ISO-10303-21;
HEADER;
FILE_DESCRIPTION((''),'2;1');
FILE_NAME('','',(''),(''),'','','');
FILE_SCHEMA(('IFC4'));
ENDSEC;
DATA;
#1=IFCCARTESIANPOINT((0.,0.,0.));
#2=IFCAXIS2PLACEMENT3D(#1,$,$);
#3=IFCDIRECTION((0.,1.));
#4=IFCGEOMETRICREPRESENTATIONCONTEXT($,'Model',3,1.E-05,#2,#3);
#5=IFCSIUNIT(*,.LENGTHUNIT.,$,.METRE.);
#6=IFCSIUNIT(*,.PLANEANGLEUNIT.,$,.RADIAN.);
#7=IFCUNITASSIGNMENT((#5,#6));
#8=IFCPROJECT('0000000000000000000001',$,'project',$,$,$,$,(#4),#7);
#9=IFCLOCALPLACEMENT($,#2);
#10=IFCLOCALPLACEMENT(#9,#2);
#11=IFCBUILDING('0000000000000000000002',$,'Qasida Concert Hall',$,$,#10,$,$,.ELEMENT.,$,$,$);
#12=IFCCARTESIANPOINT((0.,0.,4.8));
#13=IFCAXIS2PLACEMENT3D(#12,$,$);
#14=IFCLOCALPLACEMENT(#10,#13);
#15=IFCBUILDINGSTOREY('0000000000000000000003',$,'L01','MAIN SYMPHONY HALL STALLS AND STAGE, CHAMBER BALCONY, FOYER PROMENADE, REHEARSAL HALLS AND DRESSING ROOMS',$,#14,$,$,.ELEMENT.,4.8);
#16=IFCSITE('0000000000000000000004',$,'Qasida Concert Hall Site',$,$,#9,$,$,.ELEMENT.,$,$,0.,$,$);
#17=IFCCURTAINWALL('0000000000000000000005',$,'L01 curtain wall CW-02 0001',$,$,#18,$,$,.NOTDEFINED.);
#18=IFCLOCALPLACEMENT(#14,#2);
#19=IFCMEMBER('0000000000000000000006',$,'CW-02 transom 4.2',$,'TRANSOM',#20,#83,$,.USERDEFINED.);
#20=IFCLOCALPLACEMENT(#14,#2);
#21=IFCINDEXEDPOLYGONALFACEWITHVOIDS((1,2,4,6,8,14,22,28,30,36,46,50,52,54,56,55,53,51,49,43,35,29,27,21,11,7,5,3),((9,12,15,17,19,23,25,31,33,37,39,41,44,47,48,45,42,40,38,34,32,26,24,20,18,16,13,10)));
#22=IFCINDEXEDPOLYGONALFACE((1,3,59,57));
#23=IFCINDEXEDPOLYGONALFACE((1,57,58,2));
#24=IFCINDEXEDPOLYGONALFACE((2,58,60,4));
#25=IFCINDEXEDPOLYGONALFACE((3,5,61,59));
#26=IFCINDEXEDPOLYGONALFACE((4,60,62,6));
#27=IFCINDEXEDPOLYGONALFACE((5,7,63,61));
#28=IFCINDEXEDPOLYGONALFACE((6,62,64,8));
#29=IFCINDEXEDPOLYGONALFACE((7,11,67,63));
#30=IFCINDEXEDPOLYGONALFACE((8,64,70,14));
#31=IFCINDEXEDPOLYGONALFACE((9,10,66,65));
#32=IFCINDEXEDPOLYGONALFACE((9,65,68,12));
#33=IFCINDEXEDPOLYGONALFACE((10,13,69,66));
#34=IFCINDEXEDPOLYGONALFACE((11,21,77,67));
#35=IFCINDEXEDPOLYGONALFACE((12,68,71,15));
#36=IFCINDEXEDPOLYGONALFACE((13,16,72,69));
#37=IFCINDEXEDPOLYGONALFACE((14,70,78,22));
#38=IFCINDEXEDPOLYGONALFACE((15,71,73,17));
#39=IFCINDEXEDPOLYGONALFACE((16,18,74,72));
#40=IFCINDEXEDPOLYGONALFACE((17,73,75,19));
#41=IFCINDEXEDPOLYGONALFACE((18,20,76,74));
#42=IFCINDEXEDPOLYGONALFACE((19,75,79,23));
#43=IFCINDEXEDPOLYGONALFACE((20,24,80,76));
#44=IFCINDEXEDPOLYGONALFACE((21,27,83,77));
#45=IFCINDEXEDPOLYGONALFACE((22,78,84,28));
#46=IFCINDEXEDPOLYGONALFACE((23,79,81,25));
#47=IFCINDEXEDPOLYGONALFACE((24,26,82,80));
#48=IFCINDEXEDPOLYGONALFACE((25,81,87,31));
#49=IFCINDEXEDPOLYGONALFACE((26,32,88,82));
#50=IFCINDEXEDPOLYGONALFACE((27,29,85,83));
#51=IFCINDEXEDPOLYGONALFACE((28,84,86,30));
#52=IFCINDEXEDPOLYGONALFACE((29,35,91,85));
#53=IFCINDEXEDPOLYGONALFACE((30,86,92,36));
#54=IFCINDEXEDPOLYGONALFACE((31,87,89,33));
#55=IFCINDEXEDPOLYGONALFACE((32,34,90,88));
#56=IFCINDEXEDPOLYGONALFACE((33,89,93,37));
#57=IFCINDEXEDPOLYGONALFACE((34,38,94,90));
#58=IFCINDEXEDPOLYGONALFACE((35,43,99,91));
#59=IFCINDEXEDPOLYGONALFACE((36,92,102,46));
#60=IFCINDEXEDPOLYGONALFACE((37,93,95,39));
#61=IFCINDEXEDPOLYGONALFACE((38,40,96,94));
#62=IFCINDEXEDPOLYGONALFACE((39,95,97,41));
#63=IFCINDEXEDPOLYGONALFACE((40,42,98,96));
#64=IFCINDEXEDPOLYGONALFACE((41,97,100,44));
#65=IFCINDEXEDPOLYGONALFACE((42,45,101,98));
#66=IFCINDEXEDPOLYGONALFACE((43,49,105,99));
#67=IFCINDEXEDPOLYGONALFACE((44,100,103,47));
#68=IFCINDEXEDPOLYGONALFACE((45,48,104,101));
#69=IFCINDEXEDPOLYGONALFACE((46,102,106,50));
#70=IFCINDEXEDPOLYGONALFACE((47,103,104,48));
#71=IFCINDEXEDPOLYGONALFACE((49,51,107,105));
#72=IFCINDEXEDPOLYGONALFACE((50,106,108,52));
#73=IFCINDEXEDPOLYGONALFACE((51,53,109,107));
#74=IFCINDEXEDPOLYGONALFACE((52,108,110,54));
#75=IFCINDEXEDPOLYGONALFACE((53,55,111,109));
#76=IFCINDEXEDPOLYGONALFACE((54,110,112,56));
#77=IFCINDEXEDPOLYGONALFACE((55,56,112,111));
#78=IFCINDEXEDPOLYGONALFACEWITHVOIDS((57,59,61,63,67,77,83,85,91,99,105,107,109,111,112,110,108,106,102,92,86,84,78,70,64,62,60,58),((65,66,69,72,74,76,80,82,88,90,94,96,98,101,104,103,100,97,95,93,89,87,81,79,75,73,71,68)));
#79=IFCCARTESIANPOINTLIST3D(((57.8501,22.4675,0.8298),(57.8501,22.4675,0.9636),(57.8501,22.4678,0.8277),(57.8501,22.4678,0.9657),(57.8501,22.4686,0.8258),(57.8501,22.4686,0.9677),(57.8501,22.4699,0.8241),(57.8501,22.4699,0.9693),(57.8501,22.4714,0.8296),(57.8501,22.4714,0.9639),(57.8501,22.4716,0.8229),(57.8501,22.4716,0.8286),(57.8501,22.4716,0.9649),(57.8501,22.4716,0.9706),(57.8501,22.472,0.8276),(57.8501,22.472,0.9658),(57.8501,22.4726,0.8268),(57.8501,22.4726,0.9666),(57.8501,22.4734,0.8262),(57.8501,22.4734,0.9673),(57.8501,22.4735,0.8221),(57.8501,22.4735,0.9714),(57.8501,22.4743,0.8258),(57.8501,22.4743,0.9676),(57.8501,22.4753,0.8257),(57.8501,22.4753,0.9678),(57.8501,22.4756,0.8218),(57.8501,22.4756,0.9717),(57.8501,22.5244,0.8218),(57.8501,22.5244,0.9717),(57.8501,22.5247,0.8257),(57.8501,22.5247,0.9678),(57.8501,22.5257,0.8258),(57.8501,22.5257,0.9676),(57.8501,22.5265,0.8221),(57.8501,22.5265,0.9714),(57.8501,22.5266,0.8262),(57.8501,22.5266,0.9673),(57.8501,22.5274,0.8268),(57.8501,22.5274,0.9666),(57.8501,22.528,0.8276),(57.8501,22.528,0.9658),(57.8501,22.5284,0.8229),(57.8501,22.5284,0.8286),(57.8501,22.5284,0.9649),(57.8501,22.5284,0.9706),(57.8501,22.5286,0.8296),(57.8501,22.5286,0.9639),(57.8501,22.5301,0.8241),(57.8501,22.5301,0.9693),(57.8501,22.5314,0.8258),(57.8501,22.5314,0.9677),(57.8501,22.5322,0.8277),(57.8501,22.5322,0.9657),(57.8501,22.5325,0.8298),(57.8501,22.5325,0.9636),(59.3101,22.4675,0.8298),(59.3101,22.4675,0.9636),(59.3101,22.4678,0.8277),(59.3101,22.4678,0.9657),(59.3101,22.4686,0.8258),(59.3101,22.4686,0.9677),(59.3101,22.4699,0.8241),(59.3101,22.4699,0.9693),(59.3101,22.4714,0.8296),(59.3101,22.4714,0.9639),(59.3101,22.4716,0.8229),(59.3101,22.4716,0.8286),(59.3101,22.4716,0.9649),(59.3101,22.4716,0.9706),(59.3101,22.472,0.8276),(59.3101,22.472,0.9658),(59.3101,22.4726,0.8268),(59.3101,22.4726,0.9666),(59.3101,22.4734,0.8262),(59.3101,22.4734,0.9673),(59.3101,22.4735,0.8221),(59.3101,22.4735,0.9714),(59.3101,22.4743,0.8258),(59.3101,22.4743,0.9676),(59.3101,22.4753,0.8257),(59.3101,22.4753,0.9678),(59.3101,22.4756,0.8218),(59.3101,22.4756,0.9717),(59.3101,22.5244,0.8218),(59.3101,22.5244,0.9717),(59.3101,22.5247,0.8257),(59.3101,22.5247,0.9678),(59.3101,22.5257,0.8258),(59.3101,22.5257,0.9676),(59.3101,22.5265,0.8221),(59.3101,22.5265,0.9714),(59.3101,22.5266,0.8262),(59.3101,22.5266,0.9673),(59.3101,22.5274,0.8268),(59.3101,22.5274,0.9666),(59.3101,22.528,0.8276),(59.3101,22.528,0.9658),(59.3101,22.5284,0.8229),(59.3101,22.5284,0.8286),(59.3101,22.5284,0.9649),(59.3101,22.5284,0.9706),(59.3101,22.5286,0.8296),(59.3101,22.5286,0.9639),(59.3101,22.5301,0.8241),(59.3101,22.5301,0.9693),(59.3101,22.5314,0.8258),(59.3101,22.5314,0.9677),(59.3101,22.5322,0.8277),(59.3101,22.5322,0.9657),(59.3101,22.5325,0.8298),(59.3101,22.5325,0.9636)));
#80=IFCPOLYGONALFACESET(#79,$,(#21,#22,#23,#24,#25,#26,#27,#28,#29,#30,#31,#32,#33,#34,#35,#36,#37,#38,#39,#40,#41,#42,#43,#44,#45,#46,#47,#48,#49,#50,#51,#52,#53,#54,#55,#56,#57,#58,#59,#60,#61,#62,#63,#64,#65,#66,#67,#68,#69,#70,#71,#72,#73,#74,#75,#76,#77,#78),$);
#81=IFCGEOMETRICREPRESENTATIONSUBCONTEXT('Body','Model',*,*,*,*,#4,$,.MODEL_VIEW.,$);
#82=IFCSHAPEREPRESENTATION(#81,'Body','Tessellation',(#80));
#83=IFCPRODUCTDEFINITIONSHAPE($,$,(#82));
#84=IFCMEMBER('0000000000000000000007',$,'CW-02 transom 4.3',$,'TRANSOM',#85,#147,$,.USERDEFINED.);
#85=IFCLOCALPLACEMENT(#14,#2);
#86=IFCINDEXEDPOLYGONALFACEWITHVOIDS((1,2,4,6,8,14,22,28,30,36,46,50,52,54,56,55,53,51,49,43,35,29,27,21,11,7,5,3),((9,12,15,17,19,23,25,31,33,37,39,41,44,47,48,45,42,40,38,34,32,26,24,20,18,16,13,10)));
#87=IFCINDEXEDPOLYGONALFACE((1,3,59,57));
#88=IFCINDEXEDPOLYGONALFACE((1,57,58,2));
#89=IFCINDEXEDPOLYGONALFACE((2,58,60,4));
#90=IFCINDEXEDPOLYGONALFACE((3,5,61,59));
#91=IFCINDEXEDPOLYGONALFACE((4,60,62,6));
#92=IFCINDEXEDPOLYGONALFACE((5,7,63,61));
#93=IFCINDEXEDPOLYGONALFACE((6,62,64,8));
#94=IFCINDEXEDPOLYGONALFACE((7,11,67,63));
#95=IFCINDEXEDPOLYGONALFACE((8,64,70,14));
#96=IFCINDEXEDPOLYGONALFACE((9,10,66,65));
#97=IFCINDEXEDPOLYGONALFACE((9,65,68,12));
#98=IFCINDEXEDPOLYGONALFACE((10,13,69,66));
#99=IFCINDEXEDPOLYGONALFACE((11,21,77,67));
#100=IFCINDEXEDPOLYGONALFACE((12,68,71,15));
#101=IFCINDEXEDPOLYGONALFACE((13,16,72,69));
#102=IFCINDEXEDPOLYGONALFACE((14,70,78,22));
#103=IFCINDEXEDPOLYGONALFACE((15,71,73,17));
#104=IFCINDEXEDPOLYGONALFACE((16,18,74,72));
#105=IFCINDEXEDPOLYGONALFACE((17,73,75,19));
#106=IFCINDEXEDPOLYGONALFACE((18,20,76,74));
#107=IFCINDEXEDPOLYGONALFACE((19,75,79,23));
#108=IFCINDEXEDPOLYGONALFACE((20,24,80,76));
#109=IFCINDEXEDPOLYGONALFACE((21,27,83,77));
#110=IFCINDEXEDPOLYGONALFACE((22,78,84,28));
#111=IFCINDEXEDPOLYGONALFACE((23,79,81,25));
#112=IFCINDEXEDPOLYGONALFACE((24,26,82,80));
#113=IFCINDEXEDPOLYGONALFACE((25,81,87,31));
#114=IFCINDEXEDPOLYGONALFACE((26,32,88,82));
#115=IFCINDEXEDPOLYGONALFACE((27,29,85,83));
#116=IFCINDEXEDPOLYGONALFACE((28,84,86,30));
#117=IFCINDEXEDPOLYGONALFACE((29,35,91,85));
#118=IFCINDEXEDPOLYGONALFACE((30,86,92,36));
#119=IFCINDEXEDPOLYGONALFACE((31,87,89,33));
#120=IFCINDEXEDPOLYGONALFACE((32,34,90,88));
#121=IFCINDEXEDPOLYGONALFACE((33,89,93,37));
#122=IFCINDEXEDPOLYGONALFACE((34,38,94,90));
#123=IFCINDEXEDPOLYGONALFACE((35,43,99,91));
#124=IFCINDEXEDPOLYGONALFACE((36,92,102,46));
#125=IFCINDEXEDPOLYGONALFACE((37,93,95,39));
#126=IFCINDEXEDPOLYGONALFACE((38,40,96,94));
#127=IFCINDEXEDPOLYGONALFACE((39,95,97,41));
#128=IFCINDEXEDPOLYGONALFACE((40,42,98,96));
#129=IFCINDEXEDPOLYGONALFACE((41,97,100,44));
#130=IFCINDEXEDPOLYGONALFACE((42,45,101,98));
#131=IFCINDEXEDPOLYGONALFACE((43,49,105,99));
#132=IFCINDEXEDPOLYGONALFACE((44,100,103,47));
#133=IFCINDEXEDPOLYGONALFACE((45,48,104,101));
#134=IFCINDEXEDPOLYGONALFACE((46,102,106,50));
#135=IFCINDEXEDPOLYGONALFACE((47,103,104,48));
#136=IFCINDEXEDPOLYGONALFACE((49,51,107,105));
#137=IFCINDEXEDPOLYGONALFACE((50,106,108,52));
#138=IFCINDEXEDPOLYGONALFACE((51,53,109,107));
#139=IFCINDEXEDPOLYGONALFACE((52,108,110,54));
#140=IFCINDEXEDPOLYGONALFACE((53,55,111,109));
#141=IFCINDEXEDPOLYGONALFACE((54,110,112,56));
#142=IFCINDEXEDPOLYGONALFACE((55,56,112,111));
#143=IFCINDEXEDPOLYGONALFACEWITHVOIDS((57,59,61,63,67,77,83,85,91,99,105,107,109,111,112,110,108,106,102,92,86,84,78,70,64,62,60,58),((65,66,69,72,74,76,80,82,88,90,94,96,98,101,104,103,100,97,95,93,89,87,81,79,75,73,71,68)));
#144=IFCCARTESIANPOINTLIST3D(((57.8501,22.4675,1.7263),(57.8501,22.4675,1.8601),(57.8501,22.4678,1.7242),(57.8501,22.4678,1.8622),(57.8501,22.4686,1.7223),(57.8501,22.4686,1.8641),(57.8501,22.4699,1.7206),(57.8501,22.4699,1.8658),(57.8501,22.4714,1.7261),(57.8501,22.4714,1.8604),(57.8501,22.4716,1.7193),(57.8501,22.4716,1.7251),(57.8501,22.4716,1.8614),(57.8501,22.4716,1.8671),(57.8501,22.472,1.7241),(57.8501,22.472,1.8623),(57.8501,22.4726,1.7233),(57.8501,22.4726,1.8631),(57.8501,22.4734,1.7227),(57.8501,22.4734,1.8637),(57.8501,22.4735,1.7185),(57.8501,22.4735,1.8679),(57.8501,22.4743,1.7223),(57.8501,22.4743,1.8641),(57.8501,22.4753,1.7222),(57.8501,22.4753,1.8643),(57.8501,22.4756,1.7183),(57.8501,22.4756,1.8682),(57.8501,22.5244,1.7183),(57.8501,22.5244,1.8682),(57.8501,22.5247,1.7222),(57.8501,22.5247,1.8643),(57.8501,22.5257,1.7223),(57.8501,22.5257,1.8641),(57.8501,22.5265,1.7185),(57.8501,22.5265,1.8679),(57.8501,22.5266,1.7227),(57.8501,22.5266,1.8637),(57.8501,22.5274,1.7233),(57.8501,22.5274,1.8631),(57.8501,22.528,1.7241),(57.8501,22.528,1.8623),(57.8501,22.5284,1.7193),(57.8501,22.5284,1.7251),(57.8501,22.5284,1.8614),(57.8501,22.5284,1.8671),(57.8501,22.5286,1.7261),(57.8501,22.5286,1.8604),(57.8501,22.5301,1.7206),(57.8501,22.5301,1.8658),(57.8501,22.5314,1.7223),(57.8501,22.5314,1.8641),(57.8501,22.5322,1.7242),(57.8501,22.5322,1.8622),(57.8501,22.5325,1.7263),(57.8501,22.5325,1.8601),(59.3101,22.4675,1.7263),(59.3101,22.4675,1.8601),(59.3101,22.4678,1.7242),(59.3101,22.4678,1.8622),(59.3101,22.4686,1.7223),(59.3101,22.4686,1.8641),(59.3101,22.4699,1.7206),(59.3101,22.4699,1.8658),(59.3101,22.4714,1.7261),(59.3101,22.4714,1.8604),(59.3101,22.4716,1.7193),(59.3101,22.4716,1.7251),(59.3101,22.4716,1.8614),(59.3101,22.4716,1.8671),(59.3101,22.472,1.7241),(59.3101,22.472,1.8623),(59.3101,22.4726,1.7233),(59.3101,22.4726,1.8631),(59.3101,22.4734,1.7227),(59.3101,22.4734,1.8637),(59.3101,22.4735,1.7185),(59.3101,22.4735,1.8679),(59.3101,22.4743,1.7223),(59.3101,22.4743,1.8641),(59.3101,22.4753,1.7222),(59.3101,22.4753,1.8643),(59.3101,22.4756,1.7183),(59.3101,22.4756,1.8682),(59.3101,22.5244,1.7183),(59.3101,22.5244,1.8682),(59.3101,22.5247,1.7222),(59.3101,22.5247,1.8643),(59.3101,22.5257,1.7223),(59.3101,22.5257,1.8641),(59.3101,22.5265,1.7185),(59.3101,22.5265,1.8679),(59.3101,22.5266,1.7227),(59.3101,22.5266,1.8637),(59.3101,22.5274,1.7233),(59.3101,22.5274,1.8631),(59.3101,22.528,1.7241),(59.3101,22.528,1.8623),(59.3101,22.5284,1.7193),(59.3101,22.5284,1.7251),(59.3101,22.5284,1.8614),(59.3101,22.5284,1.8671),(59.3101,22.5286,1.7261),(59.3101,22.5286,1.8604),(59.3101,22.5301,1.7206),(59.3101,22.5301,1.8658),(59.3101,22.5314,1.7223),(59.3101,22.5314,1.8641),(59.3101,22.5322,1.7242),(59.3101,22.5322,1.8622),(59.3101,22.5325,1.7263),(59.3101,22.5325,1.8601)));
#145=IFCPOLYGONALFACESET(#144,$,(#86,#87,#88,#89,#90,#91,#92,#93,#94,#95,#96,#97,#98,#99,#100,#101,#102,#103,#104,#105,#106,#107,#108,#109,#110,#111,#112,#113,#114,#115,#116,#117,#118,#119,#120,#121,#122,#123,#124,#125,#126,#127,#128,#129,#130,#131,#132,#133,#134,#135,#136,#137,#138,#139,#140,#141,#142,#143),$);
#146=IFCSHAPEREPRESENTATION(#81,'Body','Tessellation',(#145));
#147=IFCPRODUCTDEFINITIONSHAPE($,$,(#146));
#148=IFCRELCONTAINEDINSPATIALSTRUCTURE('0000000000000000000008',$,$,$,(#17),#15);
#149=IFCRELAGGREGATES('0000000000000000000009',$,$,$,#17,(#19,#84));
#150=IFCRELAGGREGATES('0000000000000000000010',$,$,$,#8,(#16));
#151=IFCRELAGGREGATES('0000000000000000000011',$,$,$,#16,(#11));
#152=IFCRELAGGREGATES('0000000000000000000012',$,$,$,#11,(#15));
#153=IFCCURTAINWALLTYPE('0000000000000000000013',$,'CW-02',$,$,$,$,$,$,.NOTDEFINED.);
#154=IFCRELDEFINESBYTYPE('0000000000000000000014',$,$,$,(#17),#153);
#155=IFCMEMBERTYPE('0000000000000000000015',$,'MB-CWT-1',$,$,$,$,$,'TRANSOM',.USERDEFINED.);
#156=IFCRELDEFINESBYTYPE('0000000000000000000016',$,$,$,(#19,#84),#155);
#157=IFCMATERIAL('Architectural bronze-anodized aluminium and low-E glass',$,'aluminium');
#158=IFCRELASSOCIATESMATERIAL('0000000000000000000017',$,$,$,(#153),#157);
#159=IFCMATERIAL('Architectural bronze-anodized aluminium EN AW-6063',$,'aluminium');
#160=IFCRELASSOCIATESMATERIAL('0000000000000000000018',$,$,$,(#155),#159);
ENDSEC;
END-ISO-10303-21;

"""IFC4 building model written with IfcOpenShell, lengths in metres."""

from ifc_helpers import new_model, si_unit, direction, frame, origin, origin_2d, place, context, subcontext, project, spatial, hollow_rectangle, extrude, material, material_profile, profile_set, type_object, element, aggregate, save


model = new_model("IFC4")

# Units and contexts
model_context = context("Model", 3, precision=1e-05, world=origin(), true_north=direction((0.0, 1.0)))
body_context = subcontext(model_context, "Body", "Model", "MODEL_VIEW")
ifc_project = project(units=[si_unit("LENGTHUNIT", "METRE"), si_unit("PLANEANGLEUNIT", "RADIAN")], contexts=[model_context])

# Site, building, storey
site_placement = place(None, origin())
site = spatial("IfcSite", under=ifc_project, at=site_placement, Name="Qasida Concert Hall Site", CompositionType="ELEMENT", RefElevation=0.0)
building_placement = place(site_placement, origin())
building = spatial("IfcBuilding", under=site, at=building_placement, Name="Qasida Concert Hall", CompositionType="ELEMENT")
storey_placement = place(building_placement, frame((0.0, 0.0, 4.8)))
storey = spatial("IfcBuildingStorey", under=building, at=storey_placement, Name="L01", Description="MAIN SYMPHONY HALL STALLS AND STAGE, CHAMBER BALCONY, FOYER PROMENADE, REHEARSAL HALLS AND DRESSING ROOMS", CompositionType="ELEMENT", Elevation=4.8)

# Curtain wall
ifc_material_1 = material(Name="Architectural bronze-anodized aluminium and low-E glass", Category="aluminium")
curtain_wall_type = type_object("IfcCurtainWallType", Name="CW-02", PredefinedType="NOTDEFINED", material=ifc_material_1)
curtain_wall_1_placement = place(storey_placement, origin())
curtain_wall_1 = element("IfcCurtainWall", 1, at=curtain_wall_1_placement, inside=storey, type_object=curtain_wall_type, Name="L01 curtain wall CW-02 0001", PredefinedType="NOTDEFINED")
ifc_material_2 = material(Name="Architectural bronze-anodized aluminium EN AW-6063", Category="aluminium")

# Members
ifc_material_profile_1 = material_profile(ifc_material_2, hollow_rectangle(XDim=0.0649, YDim=0.1499, WallThickness=0.0039, InnerFilletRadius=0.0039, OuterFilletRadius=0.0081, at=origin_2d()), Name="CWT 150x65x4")
ifc_profile_set_1 = profile_set([ifc_material_profile_1], Name="Architectural bronze-anodized aluminium EN AW-6063")
member_type_1 = type_object("IfcMemberType", Name="MB-CWT-1", ElementType="TRANSOM", PredefinedType="USERDEFINED", material=ifc_profile_set_1)
member_1_placement = place(storey_placement, frame((57.8501, 22.5, 0.8967), z_axis=(1.0, 0.0, 0.0), x_axis=(0.0, 1.0, 0.0)))
member_1 = element("IfcMember", 2, at=member_1_placement, type_object=member_type_1, Name="CW-02 transom 4.2", ObjectType="TRANSOM", PredefinedType="USERDEFINED", context=body_context, shape_type="SweptSolid", body=[
    extrude(hollow_rectangle(XDim=0.0649, YDim=0.1499, WallThickness=0.0039, InnerFilletRadius=0.0039, OuterFilletRadius=0.0081, at=origin_2d()), origin(), (0.0, 0.0, 1.0), 1.46),
])
member_2_placement = place(storey_placement, frame((57.8501, 22.5, 1.7932), z_axis=(1.0, 0.0, 0.0), x_axis=(0.0, 1.0, 0.0)))
member_2 = element("IfcMember", 3, at=member_2_placement, type_object=member_type_1, Name="CW-02 transom 4.3", ObjectType="TRANSOM", PredefinedType="USERDEFINED", context=body_context, shape_type="SweptSolid", body=[
    extrude(hollow_rectangle(XDim=0.0649, YDim=0.1499, WallThickness=0.0039, InnerFilletRadius=0.0039, OuterFilletRadius=0.0081, at=origin_2d()), origin(), (0.0, 0.0, 1.0), 1.46),
])

aggregate(curtain_wall_1, [member_1, member_2])

save(model, "model.ifc")
